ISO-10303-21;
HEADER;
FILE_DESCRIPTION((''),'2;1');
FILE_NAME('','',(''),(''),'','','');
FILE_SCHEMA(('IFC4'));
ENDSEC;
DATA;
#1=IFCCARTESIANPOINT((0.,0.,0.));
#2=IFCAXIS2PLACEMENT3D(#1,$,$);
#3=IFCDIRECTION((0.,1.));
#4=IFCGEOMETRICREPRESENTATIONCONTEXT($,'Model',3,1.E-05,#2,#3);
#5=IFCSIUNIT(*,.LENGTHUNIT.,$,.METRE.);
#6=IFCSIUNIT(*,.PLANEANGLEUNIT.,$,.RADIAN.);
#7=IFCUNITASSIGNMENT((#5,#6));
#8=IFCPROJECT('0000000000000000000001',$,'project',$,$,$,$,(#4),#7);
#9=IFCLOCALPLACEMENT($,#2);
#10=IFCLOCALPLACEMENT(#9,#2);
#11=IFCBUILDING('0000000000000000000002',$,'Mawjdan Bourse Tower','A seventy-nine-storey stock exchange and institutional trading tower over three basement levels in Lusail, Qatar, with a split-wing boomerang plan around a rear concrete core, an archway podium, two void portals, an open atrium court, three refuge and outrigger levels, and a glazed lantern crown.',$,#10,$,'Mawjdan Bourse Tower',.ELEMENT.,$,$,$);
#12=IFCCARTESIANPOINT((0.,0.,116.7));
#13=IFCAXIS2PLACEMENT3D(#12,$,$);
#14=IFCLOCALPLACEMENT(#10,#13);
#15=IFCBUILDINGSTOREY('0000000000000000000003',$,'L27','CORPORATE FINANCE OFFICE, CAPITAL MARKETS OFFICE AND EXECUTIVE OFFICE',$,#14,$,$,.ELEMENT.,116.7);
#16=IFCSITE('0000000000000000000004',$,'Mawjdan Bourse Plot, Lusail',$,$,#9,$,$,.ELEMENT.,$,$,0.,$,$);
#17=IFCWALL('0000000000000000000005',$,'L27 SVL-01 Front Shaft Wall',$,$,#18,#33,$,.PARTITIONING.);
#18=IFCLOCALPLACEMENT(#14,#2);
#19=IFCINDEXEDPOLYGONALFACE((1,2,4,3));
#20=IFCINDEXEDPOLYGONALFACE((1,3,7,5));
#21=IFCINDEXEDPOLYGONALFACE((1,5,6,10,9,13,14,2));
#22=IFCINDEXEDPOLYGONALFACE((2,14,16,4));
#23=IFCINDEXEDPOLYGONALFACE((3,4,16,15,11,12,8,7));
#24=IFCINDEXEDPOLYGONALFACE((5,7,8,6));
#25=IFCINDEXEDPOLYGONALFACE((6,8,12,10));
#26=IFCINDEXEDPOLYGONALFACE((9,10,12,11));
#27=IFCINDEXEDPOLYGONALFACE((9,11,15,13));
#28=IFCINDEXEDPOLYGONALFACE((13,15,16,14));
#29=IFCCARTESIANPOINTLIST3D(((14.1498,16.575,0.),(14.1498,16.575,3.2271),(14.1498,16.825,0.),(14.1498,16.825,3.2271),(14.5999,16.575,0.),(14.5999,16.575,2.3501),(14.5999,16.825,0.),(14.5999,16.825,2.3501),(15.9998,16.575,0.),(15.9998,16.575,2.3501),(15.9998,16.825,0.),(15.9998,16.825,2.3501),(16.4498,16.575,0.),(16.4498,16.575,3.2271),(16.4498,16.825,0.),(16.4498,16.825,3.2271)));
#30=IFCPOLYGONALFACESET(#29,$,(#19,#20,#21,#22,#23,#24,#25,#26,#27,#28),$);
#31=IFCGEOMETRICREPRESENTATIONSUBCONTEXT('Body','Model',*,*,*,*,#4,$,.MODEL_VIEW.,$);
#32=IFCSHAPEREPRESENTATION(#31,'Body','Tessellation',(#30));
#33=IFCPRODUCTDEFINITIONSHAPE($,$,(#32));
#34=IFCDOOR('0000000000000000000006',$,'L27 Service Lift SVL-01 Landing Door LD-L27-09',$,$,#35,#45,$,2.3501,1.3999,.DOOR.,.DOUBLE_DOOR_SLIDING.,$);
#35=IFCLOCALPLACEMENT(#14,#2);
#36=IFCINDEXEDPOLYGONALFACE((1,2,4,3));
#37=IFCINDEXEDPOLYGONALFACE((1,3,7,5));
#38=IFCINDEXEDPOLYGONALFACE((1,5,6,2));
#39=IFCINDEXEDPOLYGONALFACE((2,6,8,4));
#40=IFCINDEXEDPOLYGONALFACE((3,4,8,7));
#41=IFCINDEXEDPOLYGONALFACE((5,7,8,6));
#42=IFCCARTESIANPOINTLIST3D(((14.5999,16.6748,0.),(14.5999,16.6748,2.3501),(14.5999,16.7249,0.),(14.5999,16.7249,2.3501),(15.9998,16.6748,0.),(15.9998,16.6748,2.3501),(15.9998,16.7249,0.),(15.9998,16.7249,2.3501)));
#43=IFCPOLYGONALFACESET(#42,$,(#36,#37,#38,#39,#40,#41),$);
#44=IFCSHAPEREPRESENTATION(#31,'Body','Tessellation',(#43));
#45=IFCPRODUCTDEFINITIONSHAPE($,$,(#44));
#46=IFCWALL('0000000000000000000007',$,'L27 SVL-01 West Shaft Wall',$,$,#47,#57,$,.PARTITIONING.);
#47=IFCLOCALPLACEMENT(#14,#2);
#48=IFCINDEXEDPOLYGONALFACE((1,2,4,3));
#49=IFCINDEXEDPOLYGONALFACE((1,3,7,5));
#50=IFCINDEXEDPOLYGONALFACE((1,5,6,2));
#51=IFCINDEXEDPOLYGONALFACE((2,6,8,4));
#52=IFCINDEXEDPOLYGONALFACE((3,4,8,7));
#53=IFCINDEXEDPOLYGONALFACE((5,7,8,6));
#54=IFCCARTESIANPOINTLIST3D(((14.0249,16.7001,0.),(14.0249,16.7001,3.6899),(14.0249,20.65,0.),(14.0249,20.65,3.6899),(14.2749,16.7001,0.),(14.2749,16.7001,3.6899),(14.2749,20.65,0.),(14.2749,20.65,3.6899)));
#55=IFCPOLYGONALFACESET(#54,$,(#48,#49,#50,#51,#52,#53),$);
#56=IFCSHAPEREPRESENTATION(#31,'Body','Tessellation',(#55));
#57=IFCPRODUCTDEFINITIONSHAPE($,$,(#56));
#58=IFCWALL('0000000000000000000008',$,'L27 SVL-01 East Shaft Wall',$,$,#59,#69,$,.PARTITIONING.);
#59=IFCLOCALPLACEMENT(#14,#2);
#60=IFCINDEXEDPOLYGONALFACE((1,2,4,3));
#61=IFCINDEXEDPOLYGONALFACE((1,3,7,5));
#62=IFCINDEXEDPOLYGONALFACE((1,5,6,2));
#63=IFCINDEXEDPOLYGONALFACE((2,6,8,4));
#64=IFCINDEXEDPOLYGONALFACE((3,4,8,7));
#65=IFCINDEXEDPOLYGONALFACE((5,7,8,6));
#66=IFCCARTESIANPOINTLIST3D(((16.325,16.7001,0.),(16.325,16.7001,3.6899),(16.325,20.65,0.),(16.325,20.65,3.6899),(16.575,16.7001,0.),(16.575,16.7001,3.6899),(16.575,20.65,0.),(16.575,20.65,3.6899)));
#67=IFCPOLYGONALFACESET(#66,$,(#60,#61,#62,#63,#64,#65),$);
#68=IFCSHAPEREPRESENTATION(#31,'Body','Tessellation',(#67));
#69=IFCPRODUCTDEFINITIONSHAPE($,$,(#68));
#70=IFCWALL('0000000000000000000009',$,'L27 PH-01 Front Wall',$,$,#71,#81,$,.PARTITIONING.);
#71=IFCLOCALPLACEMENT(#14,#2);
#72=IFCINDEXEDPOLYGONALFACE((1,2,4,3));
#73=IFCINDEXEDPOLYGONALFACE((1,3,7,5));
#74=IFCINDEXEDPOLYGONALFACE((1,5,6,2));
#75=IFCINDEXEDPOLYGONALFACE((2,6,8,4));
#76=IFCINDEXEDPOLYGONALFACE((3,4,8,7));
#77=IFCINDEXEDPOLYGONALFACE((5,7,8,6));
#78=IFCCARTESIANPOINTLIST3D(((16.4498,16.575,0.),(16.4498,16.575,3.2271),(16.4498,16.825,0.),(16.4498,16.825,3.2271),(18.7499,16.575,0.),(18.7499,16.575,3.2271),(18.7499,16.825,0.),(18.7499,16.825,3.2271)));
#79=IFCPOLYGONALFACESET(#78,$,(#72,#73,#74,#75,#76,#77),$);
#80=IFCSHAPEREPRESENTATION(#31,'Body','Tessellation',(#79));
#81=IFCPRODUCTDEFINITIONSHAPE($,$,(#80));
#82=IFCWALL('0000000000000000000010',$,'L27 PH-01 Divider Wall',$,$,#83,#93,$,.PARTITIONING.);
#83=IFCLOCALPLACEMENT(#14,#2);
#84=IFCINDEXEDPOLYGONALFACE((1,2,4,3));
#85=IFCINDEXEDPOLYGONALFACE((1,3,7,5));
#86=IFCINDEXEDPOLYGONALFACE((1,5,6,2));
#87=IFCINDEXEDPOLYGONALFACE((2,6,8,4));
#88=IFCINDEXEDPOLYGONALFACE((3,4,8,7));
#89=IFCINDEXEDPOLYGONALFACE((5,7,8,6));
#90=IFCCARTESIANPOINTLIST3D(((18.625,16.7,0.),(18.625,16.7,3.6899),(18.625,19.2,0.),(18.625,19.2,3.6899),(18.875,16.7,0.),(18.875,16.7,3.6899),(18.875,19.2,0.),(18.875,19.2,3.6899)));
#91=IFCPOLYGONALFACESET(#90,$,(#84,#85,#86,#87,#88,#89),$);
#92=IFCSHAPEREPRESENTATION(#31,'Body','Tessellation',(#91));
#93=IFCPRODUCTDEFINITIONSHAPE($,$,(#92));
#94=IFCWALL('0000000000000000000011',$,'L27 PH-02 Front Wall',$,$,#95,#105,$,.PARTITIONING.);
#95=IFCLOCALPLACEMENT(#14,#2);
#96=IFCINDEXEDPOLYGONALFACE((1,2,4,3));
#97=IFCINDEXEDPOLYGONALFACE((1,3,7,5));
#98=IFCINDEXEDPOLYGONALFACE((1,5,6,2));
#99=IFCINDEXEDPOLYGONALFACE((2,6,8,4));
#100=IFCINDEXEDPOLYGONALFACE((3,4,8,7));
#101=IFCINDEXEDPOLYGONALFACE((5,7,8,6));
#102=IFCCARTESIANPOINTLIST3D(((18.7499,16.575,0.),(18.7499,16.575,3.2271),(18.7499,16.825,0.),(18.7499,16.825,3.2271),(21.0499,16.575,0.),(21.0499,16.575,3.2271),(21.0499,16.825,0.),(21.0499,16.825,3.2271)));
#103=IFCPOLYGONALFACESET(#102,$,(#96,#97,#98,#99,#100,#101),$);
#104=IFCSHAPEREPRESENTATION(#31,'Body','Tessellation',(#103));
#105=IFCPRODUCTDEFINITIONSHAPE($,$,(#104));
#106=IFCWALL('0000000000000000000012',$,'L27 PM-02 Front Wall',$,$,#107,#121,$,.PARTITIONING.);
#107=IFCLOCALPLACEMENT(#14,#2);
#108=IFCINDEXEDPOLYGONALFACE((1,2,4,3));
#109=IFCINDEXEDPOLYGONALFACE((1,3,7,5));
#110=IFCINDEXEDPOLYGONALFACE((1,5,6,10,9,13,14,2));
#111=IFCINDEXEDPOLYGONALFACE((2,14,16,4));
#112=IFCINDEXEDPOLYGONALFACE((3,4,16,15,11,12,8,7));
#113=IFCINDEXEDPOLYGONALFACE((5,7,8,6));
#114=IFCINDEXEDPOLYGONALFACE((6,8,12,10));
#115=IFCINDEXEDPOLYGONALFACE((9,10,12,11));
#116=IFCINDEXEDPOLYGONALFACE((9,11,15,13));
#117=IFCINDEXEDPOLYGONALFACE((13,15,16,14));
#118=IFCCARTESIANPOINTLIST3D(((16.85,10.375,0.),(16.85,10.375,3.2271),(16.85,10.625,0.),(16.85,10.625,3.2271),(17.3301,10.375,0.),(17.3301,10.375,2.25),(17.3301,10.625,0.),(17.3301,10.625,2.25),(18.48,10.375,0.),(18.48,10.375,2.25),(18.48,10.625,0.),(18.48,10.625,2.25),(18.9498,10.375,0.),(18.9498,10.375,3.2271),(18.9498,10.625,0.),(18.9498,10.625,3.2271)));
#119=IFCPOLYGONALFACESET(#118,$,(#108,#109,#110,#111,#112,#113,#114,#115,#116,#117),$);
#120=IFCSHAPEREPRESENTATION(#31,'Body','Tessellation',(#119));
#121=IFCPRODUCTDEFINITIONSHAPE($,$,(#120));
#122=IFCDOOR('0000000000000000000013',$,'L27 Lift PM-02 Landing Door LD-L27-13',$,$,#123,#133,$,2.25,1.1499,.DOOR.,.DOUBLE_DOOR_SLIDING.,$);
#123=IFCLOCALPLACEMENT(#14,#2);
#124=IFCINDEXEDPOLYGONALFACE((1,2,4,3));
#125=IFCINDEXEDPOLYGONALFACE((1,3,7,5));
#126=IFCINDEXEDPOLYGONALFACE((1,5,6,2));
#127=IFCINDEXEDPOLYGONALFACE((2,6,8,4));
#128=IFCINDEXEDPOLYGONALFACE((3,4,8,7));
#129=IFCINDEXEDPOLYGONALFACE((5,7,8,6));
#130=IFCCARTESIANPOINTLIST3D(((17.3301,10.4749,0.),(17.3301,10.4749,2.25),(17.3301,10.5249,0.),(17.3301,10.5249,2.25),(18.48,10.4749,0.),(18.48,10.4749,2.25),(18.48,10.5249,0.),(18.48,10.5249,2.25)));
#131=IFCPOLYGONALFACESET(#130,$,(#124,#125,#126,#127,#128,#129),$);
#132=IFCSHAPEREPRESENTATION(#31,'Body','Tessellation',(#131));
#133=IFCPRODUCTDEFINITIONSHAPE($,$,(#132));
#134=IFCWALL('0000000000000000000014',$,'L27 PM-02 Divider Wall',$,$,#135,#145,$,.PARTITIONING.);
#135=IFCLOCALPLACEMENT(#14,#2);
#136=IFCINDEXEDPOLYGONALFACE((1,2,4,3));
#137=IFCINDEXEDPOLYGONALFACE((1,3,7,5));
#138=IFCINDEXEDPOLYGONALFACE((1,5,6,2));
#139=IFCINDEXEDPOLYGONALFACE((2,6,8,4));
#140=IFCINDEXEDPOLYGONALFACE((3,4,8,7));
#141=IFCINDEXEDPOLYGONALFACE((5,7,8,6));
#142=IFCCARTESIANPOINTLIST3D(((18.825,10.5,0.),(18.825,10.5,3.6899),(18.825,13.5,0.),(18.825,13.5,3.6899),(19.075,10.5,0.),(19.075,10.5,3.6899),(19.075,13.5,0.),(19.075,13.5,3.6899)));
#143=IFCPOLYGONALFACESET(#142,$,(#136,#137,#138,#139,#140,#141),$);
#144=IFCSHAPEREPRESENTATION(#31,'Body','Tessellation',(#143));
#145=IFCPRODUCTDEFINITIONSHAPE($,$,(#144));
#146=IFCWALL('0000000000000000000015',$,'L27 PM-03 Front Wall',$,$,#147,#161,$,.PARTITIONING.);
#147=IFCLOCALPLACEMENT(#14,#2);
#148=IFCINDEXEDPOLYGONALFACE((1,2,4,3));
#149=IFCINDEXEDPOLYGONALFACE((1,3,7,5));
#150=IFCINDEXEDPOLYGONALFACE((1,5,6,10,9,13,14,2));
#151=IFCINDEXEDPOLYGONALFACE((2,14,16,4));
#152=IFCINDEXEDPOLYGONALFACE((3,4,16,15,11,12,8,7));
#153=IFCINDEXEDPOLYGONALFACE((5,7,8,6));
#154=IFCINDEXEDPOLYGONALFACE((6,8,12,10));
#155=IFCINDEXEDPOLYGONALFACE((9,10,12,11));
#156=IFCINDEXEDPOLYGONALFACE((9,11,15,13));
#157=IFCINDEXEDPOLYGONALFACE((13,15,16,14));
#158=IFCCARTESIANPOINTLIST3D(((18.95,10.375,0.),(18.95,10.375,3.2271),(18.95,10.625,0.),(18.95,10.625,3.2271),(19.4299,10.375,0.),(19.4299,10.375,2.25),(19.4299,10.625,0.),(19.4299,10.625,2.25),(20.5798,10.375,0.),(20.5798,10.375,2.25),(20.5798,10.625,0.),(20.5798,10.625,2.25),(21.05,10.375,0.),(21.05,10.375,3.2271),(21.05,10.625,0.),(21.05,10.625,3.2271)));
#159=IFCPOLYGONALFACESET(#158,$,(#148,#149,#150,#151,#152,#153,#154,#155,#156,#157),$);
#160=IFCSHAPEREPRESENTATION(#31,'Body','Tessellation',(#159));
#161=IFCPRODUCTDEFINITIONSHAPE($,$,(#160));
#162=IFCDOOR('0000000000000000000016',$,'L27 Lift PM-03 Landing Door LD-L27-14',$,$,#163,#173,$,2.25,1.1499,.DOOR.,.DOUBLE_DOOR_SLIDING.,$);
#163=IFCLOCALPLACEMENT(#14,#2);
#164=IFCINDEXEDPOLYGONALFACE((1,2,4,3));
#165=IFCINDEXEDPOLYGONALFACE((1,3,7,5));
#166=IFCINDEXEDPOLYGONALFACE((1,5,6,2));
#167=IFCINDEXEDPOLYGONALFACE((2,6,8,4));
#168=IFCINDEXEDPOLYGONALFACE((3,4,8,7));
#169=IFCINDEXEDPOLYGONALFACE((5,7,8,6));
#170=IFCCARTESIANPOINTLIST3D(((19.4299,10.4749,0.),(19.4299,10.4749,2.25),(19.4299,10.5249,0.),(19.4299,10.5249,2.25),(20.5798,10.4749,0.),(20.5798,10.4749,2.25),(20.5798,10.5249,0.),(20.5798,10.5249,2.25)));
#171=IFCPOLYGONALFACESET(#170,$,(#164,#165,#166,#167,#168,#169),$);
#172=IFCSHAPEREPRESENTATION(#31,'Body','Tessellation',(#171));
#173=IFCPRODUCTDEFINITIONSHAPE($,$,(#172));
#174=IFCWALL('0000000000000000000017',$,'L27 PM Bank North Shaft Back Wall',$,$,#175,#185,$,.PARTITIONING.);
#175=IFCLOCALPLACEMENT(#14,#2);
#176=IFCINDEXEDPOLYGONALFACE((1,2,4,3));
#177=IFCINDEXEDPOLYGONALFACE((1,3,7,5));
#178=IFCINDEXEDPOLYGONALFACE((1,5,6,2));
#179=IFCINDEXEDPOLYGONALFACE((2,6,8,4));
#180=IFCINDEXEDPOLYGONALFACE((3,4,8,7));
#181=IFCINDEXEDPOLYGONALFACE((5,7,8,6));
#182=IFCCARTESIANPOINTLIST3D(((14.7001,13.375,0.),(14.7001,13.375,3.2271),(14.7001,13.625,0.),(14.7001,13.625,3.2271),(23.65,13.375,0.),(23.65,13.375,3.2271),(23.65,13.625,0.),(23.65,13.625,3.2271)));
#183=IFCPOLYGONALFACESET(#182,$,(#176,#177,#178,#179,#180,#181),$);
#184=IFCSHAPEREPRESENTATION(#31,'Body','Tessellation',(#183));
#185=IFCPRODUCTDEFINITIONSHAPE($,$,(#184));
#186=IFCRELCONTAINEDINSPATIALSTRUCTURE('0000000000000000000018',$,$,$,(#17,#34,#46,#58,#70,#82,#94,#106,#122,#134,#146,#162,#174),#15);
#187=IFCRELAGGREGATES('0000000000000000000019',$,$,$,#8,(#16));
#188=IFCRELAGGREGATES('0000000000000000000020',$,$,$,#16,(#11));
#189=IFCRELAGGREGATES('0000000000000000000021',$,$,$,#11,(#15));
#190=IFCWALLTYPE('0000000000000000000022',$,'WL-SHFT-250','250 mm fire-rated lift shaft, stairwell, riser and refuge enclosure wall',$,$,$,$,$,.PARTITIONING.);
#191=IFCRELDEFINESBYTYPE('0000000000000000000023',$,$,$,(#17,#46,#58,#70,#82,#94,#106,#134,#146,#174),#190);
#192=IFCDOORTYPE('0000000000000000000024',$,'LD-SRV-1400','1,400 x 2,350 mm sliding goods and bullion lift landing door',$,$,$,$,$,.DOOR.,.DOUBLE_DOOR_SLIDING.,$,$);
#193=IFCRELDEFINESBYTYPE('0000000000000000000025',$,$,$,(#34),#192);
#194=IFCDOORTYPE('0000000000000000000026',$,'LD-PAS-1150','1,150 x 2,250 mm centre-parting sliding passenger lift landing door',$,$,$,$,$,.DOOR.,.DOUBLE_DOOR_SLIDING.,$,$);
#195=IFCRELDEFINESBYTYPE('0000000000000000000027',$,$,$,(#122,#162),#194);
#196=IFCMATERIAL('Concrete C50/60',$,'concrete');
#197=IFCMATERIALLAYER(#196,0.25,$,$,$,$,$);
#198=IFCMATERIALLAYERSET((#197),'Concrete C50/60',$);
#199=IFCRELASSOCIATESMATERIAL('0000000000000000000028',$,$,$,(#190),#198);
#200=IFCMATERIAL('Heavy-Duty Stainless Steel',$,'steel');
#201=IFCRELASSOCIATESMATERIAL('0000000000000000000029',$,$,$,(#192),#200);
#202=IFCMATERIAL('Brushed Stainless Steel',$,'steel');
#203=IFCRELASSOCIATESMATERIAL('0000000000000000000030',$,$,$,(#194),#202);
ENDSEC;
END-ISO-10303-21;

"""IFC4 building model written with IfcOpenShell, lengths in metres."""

from ifc_helpers import new_model, si_unit, direction, frame, frame_2d, origin, place, context, subcontext, project, spatial, rectangle, extrude, material, layer, layer_set, type_object, element, fill, save


model = new_model("IFC4")

# Units and contexts
model_context = context("Model", 3, precision=1e-05, world=origin(), true_north=direction((0.0, 1.0)))
body_context = subcontext(model_context, "Body", "Model", "MODEL_VIEW")
ifc_project = project(units=[si_unit("LENGTHUNIT", "METRE"), si_unit("PLANEANGLEUNIT", "RADIAN")], contexts=[model_context])

# Site, building, storey
site_placement = place(None, origin())
site = spatial("IfcSite", under=ifc_project, at=site_placement, Name="Mawjdan Bourse Plot, Lusail", CompositionType="ELEMENT", RefElevation=0.0)
building_placement = place(site_placement, origin())
building = spatial("IfcBuilding", under=site, at=building_placement, Name="Mawjdan Bourse Tower", Description="A seventy-nine-storey stock exchange and institutional trading tower over three basement levels in Lusail, Qatar, with a split-wing boomerang plan around a rear concrete core, an archway podium, two void portals, an open atrium court, three refuge and outrigger levels, and a glazed lantern crown.", LongName="Mawjdan Bourse Tower", CompositionType="ELEMENT")
storey_placement = place(building_placement, frame((0.0, 0.0, 116.7)))
storey = spatial("IfcBuildingStorey", under=building, at=storey_placement, Name="L27", Description="CORPORATE FINANCE OFFICE, CAPITAL MARKETS OFFICE AND EXECUTIVE OFFICE", CompositionType="ELEMENT", Elevation=116.7)

# Shared definitions
ifc_material_1 = material(Name="Concrete C50/60", Category="concrete")
ifc_layer_1 = layer(ifc_material_1, 0.25)
ifc_layer_set_1 = layer_set([ifc_layer_1], Name="Concrete C50/60")
wall_type_1 = type_object("IfcWallType", Name="WL-SHFT-250", Description="250 mm fire-rated lift shaft, stairwell, riser and refuge enclosure wall", PredefinedType="PARTITIONING", material=ifc_layer_set_1)

# Wall, opening, door
wall_1_placement = place(storey_placement, frame((14.1499, 16.7, 0.0), z_axis=(0.0, 0.0, 1.0), x_axis=(1.0, 0.0, 0.0)))
wall_1 = element("IfcWall", 1, at=wall_1_placement, inside=storey, type_object=wall_type_1, Name="L27 SVL-01 Front Shaft Wall", PredefinedType="PARTITIONING", context=body_context, shape_type="SweptSolid", body=[
    extrude(rectangle(XDim=2.3, YDim=0.25, at=frame_2d((1.1499, 0.0))), origin(), (0.0, 0.0, 1.0), 3.2271),
])
opening_1_placement = place(wall_1_placement, frame((0.45, 0.0, 0.0)))
opening_1 = element("IfcOpeningElement", 2, at=opening_1_placement, cuts=wall_1, PredefinedType="OPENING", context=body_context, shape_type="SweptSolid", body=[
    extrude(rectangle(XDim=1.3999, YDim=2.3501, at=frame_2d((0.7, 1.175))), frame((0.0, 0.135, 0.0), z_axis=(0.0, -1.0, 0.0), x_axis=(1.0, 0.0, 0.0)), (0.0, 0.0, 1.0), 0.27),
])
ifc_material_2 = material(Name="Heavy-Duty Stainless Steel", Category="steel")
door_type_1 = type_object("IfcDoorType", Name="LD-SRV-1400", Description="1,400 x 2,350 mm sliding goods and bullion lift landing door", OperationType="DOUBLE_DOOR_SLIDING", PredefinedType="DOOR", material=ifc_material_2)
door_1_placement = place(opening_1_placement, origin())
door_1 = element("IfcDoor", 3, at=door_1_placement, inside=storey, type_object=door_type_1, Name="L27 Service Lift SVL-01 Landing Door LD-L27-09", OperationType="DOUBLE_DOOR_SLIDING", OverallHeight=2.3501, OverallWidth=1.3999, PredefinedType="DOOR", context=body_context, shape_type="SweptSolid", body=[
    extrude(rectangle(XDim=1.3999, YDim=2.3501, at=frame_2d((0.7, 1.175))), frame((0.0, 0.0249, 0.0), z_axis=(0.0, -1.0, 0.0), x_axis=(1.0, 0.0, 0.0)), (0.0, 0.0, 1.0), 0.05),
])
fill(opening_1, door_1)

# Walls
for number, where, z_axis, x_axis, name in (
    (4, (14.1499, 16.7, 0.0), (0.0, 0.0, 1.0), (0.0, 1.0, 0.0), "L27 SVL-01 West Shaft Wall"),
    (5, (16.45, 16.7, 0.0), (0.0, 0.0, 1.0), (0.0, 1.0, 0.0), "L27 SVL-01 East Shaft Wall"),
):
    element("IfcWall", number, at=place(storey_placement, frame(where, z_axis=z_axis, x_axis=x_axis)), inside=storey, type_object=wall_type_1, Name=name, PredefinedType="PARTITIONING", context=body_context, shape_type="SweptSolid", body=[
        extrude(rectangle(XDim=3.95, YDim=0.25, at=frame_2d((1.9751, 0.0))), origin(), (0.0, 0.0, 1.0), 3.6899),
    ])
wall_2_placement = place(storey_placement, frame((16.45, 16.7, 0.0), z_axis=(0.0, 0.0, 1.0), x_axis=(1.0, 0.0, 0.0)))
element("IfcWall", 6, at=wall_2_placement, inside=storey, type_object=wall_type_1, Name="L27 PH-01 Front Wall", PredefinedType="PARTITIONING", context=body_context, shape_type="SweptSolid", body=[
    extrude(rectangle(XDim=2.3, YDim=0.25, at=frame_2d((1.1499, 0.0))), origin(), (0.0, 0.0, 1.0), 3.2271),
])
wall_3_placement = place(storey_placement, frame((18.75, 16.7, 0.0), z_axis=(0.0, 0.0, 1.0), x_axis=(0.0, 1.0, 0.0)))
element("IfcWall", 7, at=wall_3_placement, inside=storey, type_object=wall_type_1, Name="L27 PH-01 Divider Wall", PredefinedType="PARTITIONING", context=body_context, shape_type="SweptSolid", body=[
    extrude(rectangle(XDim=2.5, YDim=0.25, at=frame_2d((1.25, 0.0))), origin(), (0.0, 0.0, 1.0), 3.6899),
])
wall_4_placement = place(storey_placement, frame((18.75, 16.7, 0.0), z_axis=(0.0, 0.0, 1.0), x_axis=(1.0, 0.0, 0.0)))
element("IfcWall", 8, at=wall_4_placement, inside=storey, type_object=wall_type_1, Name="L27 PH-02 Front Wall", PredefinedType="PARTITIONING", context=body_context, shape_type="SweptSolid", body=[
    extrude(rectangle(XDim=2.3, YDim=0.25, at=frame_2d((1.1499, 0.0))), origin(), (0.0, 0.0, 1.0), 3.2271),
])

# Wall, opening, door
wall_5_placement = place(storey_placement, frame((16.8501, 10.5, 0.0), z_axis=(0.0, 0.0, 1.0), x_axis=(1.0, 0.0, 0.0)))
wall_5 = element("IfcWall", 9, at=wall_5_placement, inside=storey, type_object=wall_type_1, Name="L27 PM-02 Front Wall", PredefinedType="PARTITIONING", context=body_context, shape_type="SweptSolid", body=[
    extrude(rectangle(XDim=2.0999, YDim=0.25, at=frame_2d((1.0498, 0.0))), origin(), (0.0, 0.0, 1.0), 3.2271),
])
opening_2_placement = place(wall_5_placement, frame((0.48, 0.0, 0.0)))
opening_2 = element("IfcOpeningElement", 10, at=opening_2_placement, cuts=wall_5, PredefinedType="OPENING", context=body_context, shape_type="SweptSolid", body=[
    extrude(rectangle(XDim=1.1499, YDim=2.25, at=frame_2d((0.575, 1.125))), frame((0.0, 0.135, 0.0), z_axis=(0.0, -1.0, 0.0), x_axis=(1.0, 0.0, 0.0)), (0.0, 0.0, 1.0), 0.27),
])
ifc_material_3 = material(Name="Brushed Stainless Steel", Category="steel")
door_type_2 = type_object("IfcDoorType", Name="LD-PAS-1150", Description="1,150 x 2,250 mm centre-parting sliding passenger lift landing door", OperationType="DOUBLE_DOOR_SLIDING", PredefinedType="DOOR", material=ifc_material_3)
door_2_placement = place(opening_2_placement, origin())
door_2 = element("IfcDoor", 11, at=door_2_placement, inside=storey, type_object=door_type_2, Name="L27 Lift PM-02 Landing Door LD-L27-13", OperationType="DOUBLE_DOOR_SLIDING", OverallHeight=2.25, OverallWidth=1.1499, PredefinedType="DOOR", context=body_context, shape_type="SweptSolid", body=[
    extrude(rectangle(XDim=1.1499, YDim=2.25, at=frame_2d((0.575, 1.125))), frame((0.0, 0.0249, 0.0), z_axis=(0.0, -1.0, 0.0), x_axis=(1.0, 0.0, 0.0)), (0.0, 0.0, 1.0), 0.05),
])
fill(opening_2, door_2)

# Wall
wall_6_placement = place(storey_placement, frame((18.95, 10.5, 0.0), z_axis=(0.0, 0.0, 1.0), x_axis=(0.0, 1.0, 0.0)))
element("IfcWall", 12, at=wall_6_placement, inside=storey, type_object=wall_type_1, Name="L27 PM-02 Divider Wall", PredefinedType="PARTITIONING", context=body_context, shape_type="SweptSolid", body=[
    extrude(rectangle(XDim=3.0, YDim=0.25, at=frame_2d((1.5, 0.0))), origin(), (0.0, 0.0, 1.0), 3.6899),
])

# Wall, opening, door
wall_7_placement = place(storey_placement, frame((18.95, 10.5, 0.0), z_axis=(0.0, 0.0, 1.0), x_axis=(1.0, 0.0, 0.0)))
wall_7 = element("IfcWall", 13, at=wall_7_placement, inside=storey, type_object=wall_type_1, Name="L27 PM-03 Front Wall", PredefinedType="PARTITIONING", context=body_context, shape_type="SweptSolid", body=[
    extrude(rectangle(XDim=2.1001, YDim=0.25, at=frame_2d((1.05, 0.0))), origin(), (0.0, 0.0, 1.0), 3.2271),
])
opening_3_placement = place(wall_7_placement, frame((0.48, 0.0, 0.0)))
opening_3 = element("IfcOpeningElement", 14, at=opening_3_placement, cuts=wall_7, PredefinedType="OPENING", context=body_context, shape_type="SweptSolid", body=[
    extrude(rectangle(XDim=1.1499, YDim=2.25, at=frame_2d((0.575, 1.125))), frame((0.0, 0.135, 0.0), z_axis=(0.0, -1.0, 0.0), x_axis=(1.0, 0.0, 0.0)), (0.0, 0.0, 1.0), 0.27),
])
door_3_placement = place(opening_3_placement, origin())
door_3 = element("IfcDoor", 15, at=door_3_placement, inside=storey, type_object=door_type_2, Name="L27 Lift PM-03 Landing Door LD-L27-14", OperationType="DOUBLE_DOOR_SLIDING", OverallHeight=2.25, OverallWidth=1.1499, PredefinedType="DOOR", context=body_context, shape_type="SweptSolid", body=[
    extrude(rectangle(XDim=1.1499, YDim=2.25, at=frame_2d((0.575, 1.125))), frame((0.0, 0.0249, 0.0), z_axis=(0.0, -1.0, 0.0), x_axis=(1.0, 0.0, 0.0)), (0.0, 0.0, 1.0), 0.05),
])
fill(opening_3, door_3)

# Wall
wall_8_placement = place(storey_placement, frame((14.7, 13.5, 0.0), z_axis=(0.0, 0.0, 1.0), x_axis=(1.0, 0.0, 0.0)))
element("IfcWall", 16, at=wall_8_placement, inside=storey, type_object=wall_type_1, Name="L27 PM Bank North Shaft Back Wall", PredefinedType="PARTITIONING", context=body_context, shape_type="SweptSolid", body=[
    extrude(rectangle(XDim=8.95, YDim=0.25, at=frame_2d((4.4751, 0.0))), origin(), (0.0, 0.0, 1.0), 3.2271),
])

save(model, "model.ifc")
